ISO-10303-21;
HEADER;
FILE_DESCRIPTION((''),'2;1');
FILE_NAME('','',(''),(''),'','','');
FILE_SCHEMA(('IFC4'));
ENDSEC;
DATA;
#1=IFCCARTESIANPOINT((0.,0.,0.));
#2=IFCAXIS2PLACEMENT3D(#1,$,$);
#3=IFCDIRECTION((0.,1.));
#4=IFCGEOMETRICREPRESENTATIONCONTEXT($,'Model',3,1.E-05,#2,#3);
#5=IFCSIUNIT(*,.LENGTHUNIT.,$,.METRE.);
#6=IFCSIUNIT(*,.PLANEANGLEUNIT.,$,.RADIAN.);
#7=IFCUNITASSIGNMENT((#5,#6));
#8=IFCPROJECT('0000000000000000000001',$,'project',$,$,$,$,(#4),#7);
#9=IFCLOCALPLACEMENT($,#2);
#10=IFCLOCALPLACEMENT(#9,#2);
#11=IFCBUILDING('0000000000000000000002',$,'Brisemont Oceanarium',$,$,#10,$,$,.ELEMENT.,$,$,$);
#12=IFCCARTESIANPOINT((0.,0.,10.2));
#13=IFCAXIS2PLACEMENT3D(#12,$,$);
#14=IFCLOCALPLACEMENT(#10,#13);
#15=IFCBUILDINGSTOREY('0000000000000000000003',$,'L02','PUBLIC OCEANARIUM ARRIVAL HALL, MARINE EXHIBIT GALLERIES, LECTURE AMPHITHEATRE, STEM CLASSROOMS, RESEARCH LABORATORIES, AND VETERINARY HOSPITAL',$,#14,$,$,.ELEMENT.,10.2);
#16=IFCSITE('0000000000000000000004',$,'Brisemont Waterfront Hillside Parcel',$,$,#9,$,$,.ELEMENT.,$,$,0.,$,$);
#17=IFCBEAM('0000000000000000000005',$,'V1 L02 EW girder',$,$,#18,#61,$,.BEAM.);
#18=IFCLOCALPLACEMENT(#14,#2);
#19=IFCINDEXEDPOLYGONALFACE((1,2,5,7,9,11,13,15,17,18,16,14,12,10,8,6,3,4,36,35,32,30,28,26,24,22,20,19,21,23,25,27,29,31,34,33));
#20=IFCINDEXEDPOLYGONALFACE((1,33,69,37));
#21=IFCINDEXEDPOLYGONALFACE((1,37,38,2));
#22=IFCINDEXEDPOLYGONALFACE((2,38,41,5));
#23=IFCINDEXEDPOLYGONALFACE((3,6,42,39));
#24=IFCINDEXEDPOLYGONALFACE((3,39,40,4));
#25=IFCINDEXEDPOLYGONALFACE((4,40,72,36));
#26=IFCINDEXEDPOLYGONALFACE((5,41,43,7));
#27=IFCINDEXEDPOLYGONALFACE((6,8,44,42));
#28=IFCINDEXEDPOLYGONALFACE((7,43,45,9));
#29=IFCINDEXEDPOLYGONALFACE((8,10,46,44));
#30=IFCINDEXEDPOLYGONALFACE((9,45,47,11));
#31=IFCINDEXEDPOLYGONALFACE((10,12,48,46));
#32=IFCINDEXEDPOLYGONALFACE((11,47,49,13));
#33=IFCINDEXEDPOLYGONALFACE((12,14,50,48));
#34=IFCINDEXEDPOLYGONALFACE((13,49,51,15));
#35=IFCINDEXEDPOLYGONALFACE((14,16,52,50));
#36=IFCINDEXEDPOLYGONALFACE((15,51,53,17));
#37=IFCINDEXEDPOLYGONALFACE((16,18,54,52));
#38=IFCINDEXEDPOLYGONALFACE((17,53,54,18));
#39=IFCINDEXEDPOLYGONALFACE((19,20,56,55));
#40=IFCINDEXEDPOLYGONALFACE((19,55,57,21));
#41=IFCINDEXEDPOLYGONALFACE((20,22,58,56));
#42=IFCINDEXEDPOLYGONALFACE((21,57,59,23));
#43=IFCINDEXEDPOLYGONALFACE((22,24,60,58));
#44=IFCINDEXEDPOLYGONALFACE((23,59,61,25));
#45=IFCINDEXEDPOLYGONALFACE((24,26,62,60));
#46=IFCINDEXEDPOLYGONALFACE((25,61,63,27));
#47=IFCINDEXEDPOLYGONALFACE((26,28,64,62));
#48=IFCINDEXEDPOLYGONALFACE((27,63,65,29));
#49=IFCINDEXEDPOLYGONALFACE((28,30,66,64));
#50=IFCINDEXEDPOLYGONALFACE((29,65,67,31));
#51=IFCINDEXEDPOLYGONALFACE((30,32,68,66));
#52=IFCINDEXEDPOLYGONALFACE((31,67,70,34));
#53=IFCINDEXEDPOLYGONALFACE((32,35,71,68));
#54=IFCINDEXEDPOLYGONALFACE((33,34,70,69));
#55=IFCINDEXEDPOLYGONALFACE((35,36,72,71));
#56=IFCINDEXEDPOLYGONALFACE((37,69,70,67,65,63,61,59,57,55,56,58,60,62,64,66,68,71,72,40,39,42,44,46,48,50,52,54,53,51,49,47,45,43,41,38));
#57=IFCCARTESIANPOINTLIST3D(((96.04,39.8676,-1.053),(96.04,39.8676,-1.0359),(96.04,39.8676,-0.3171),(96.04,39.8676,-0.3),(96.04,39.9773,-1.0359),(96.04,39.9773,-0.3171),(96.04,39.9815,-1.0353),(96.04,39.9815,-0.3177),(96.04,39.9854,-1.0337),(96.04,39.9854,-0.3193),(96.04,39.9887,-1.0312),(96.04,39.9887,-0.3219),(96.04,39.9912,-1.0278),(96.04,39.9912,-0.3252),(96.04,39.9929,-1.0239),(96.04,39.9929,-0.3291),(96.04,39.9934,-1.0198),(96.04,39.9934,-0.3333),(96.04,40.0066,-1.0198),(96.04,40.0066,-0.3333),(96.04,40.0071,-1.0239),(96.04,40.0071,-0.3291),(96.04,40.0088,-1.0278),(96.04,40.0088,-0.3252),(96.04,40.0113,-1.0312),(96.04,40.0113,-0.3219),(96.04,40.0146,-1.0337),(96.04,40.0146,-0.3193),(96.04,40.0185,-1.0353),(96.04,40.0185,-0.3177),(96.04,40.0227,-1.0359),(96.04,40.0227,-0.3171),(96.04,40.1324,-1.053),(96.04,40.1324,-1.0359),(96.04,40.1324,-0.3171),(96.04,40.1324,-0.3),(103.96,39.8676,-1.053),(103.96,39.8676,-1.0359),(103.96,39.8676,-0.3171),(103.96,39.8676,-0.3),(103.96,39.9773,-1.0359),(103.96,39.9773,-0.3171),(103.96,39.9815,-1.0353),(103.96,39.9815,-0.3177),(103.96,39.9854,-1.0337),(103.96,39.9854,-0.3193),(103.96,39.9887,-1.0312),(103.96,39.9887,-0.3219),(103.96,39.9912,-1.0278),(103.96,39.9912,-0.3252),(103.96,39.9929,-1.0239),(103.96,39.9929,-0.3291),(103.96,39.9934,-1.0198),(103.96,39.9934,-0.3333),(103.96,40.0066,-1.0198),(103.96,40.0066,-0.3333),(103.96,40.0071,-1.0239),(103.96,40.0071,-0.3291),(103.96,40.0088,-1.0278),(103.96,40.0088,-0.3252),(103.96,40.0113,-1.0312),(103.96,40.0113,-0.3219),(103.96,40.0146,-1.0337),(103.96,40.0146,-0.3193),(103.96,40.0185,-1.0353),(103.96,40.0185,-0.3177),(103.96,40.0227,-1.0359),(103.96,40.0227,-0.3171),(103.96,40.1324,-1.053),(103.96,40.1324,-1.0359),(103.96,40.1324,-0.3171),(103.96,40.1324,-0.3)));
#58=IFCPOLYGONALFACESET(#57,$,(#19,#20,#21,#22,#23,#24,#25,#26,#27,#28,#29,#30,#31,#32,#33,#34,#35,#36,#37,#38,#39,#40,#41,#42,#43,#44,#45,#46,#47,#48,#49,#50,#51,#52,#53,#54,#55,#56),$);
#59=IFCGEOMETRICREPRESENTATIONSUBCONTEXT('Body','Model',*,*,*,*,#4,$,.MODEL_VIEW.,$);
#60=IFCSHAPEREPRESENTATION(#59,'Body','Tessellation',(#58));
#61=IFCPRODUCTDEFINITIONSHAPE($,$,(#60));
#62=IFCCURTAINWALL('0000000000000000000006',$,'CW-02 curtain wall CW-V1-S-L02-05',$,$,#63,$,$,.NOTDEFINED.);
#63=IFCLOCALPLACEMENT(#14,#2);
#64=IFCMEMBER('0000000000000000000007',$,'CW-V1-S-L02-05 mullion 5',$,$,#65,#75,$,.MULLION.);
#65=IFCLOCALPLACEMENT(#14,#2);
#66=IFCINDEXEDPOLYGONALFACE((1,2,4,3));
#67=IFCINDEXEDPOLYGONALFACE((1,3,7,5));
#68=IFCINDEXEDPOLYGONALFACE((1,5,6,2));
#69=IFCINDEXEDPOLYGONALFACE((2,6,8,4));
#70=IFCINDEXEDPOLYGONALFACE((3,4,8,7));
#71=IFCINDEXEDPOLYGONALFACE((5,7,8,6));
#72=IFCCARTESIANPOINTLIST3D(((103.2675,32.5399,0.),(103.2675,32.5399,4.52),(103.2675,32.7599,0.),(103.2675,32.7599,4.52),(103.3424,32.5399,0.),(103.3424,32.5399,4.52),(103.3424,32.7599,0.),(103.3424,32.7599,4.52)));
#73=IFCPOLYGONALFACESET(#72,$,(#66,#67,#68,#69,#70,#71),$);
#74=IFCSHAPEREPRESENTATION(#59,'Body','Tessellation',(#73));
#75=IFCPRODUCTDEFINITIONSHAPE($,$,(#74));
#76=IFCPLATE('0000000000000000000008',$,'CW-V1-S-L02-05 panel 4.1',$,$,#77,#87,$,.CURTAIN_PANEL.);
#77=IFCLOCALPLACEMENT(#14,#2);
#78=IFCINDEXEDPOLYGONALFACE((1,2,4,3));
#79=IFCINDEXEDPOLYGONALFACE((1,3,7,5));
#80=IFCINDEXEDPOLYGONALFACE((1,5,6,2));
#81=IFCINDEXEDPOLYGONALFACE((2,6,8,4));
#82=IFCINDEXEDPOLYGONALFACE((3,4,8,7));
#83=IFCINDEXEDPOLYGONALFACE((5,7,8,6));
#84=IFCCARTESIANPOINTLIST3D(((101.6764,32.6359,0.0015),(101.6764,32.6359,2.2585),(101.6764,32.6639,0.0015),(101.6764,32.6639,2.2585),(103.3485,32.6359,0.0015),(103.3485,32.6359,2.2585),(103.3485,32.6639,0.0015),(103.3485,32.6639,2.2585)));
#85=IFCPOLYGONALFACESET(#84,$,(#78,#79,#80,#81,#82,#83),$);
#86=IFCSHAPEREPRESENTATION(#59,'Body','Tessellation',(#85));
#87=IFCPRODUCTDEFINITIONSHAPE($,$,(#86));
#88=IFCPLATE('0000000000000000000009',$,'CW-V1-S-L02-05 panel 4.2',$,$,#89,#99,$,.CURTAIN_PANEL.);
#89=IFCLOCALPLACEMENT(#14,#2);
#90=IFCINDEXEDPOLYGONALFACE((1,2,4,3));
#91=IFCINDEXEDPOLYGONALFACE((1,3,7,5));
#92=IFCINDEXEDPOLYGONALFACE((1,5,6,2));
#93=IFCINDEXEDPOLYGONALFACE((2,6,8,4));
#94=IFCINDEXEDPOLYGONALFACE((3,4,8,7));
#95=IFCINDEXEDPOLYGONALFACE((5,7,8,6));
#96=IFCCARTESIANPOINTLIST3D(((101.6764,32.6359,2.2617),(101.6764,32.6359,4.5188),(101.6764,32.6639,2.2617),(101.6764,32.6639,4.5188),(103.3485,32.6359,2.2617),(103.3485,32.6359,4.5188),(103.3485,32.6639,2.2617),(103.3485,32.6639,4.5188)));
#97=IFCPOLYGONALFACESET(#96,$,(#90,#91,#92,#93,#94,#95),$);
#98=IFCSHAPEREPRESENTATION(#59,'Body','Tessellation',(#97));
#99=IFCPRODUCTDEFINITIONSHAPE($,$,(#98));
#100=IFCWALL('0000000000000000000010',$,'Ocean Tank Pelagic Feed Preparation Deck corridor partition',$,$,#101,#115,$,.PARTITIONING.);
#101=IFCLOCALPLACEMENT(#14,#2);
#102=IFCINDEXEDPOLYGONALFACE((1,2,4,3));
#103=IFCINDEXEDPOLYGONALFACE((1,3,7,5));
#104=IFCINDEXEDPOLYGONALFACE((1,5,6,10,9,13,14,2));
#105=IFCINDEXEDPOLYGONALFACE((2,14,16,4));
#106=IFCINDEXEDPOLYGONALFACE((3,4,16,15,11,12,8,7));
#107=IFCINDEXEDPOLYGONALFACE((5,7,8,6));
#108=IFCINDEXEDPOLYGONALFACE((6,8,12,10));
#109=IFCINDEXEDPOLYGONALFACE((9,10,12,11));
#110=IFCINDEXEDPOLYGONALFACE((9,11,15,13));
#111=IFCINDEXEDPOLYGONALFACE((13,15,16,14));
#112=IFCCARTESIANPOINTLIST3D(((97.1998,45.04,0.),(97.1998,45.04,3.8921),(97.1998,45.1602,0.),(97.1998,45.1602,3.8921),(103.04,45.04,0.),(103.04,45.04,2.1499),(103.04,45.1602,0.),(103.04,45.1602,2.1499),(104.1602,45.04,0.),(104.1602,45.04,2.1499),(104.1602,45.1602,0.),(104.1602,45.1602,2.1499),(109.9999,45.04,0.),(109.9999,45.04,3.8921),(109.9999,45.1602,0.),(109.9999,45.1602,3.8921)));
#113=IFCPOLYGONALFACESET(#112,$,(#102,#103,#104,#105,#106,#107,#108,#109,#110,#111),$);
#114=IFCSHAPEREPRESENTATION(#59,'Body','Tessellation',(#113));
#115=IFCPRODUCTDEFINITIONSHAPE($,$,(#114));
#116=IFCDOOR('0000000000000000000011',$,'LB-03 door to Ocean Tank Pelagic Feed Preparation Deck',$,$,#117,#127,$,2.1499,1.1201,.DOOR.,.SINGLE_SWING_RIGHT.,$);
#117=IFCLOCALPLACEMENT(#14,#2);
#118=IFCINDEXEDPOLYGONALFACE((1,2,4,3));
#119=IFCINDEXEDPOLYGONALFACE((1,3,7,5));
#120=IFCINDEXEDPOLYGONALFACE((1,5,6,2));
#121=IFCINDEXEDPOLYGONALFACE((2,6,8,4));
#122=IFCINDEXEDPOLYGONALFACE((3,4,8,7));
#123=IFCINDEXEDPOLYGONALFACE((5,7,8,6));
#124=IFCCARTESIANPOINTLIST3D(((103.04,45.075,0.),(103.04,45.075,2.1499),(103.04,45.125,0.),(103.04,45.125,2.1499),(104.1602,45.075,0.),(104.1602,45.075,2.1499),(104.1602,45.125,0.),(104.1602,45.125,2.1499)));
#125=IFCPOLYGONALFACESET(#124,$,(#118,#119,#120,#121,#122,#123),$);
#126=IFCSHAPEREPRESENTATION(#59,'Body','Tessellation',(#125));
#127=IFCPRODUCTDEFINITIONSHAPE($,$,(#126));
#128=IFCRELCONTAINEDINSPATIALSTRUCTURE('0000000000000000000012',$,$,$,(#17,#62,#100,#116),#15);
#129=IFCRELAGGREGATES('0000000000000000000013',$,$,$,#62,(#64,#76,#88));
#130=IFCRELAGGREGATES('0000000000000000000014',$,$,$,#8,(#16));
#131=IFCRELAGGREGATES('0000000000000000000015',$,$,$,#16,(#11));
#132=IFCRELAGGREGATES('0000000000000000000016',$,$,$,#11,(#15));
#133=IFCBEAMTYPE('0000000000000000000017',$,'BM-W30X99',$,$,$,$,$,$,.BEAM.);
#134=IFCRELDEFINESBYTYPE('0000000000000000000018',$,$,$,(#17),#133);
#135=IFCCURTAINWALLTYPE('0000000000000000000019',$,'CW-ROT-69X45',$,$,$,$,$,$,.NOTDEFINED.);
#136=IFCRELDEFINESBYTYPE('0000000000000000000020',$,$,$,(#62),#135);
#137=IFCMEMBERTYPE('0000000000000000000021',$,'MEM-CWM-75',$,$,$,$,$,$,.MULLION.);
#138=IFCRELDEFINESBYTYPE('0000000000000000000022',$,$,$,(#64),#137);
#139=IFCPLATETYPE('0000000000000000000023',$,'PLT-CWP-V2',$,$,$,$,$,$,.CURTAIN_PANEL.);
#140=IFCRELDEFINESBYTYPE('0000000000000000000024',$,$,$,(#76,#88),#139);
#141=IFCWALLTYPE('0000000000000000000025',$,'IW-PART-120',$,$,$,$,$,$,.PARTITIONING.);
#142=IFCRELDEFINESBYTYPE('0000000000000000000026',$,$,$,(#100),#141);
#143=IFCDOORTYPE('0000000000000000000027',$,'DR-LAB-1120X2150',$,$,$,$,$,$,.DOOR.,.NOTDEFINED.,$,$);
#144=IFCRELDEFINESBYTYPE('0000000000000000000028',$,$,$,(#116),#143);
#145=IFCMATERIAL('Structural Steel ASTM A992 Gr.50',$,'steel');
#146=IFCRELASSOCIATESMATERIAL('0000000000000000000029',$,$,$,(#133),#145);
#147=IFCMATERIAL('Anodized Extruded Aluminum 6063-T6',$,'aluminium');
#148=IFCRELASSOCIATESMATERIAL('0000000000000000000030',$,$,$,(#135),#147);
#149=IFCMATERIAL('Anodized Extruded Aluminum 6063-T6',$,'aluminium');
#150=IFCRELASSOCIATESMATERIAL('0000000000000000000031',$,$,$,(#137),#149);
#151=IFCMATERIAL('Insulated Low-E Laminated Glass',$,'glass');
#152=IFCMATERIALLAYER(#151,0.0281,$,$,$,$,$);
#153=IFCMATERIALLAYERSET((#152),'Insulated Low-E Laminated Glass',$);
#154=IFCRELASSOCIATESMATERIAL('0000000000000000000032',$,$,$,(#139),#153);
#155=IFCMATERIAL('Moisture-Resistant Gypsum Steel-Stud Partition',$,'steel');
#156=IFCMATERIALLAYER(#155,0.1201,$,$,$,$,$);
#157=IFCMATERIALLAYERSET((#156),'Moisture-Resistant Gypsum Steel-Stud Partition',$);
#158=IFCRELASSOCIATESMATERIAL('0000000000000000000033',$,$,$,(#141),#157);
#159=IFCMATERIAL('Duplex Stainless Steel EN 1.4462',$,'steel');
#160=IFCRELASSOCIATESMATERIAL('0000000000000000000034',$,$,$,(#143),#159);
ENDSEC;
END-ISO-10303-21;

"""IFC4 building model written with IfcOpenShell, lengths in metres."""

from ifc_helpers import new_model, si_unit, direction, frame, frame_2d, origin, origin_2d, place, context, subcontext, project, spatial, rectangle, i_section, extrude, material, layer, layer_set, material_profile, profile_set, type_object, element, fill, aggregate, save


model = new_model("IFC4")

# Units and contexts
model_context = context("Model", 3, precision=1e-05, world=origin(), true_north=direction((0.0, 1.0)))
body_context = subcontext(model_context, "Body", "Model", "MODEL_VIEW")
ifc_project = project(units=[si_unit("LENGTHUNIT", "METRE"), si_unit("PLANEANGLEUNIT", "RADIAN")], contexts=[model_context])

# Site, building, storey
site_placement = place(None, origin())
site = spatial("IfcSite", under=ifc_project, at=site_placement, Name="Brisemont Waterfront Hillside Parcel", CompositionType="ELEMENT", RefElevation=0.0)
building_placement = place(site_placement, origin())
building = spatial("IfcBuilding", under=site, at=building_placement, Name="Brisemont Oceanarium", CompositionType="ELEMENT")
storey_placement = place(building_placement, frame((0.0, 0.0, 10.2)))
storey = spatial("IfcBuildingStorey", under=building, at=storey_placement, Name="L02", Description="PUBLIC OCEANARIUM ARRIVAL HALL, MARINE EXHIBIT GALLERIES, LECTURE AMPHITHEATRE, STEM CLASSROOMS, RESEARCH LABORATORIES, AND VETERINARY HOSPITAL", CompositionType="ELEMENT", Elevation=10.2)

# Beam
ifc_material_1 = material(Name="Structural Steel ASTM A992 Gr.50", Category="steel")
ifc_material_profile_1 = material_profile(ifc_material_1, i_section(OverallWidth=0.2649, OverallDepth=0.7529, WebThickness=0.0132, FlangeThickness=0.0171, FilletRadius=0.0161, at=origin_2d()), Name="W30X99")
ifc_profile_set_1 = profile_set([ifc_material_profile_1], Name="Structural Steel ASTM A992 Gr.50")
beam_type_1 = type_object("IfcBeamType", Name="BM-W30X99", PredefinedType="BEAM", material=ifc_profile_set_1)
beam_1_placement = place(storey_placement, frame((96.04, 40.0, -0.6765), z_axis=(1.0, 0.0, 0.0), x_axis=(0.0, 1.0, 0.0)))
element("IfcBeam", 1, at=beam_1_placement, inside=storey, type_object=beam_type_1, Name="V1 L02 EW girder", PredefinedType="BEAM", context=body_context, shape_type="SweptSolid", body=[
    extrude(i_section(OverallWidth=0.2649, OverallDepth=0.7529, WebThickness=0.0132, FlangeThickness=0.0171, FilletRadius=0.0161, at=origin_2d()), origin(), (0.0, 0.0, 1.0), 7.9199),
])

# Curtain wall, member, plates
ifc_material_2 = material(Name="Anodized Extruded Aluminum 6063-T6", Category="aluminium")
curtain_wall_type = type_object("IfcCurtainWallType", Name="CW-ROT-69X45", PredefinedType="NOTDEFINED", material=ifc_material_2)
curtain_wall_placement = place(storey_placement, origin())
curtain_wall = element("IfcCurtainWall", 2, at=curtain_wall_placement, inside=storey, type_object=curtain_wall_type, Name="CW-02 curtain wall CW-V1-S-L02-05", PredefinedType="NOTDEFINED")
ifc_material_3 = material(Name="Anodized Extruded Aluminum 6063-T6", Category="aluminium")
ifc_material_profile_2 = material_profile(ifc_material_3, rectangle(XDim=0.075, YDim=0.22, at=origin_2d()), Name="CWM-75X220")
ifc_profile_set_2 = profile_set([ifc_material_profile_2], Name="Anodized Extruded Aluminum 6063-T6")
member_type = type_object("IfcMemberType", Name="MEM-CWM-75", PredefinedType="MULLION", material=ifc_profile_set_2)
member_placement = place(storey_placement, frame((103.3049, 32.6499, 0.0), z_axis=(0.0, 0.0, 1.0), x_axis=(1.0, 0.0, 0.0)))
member = element("IfcMember", 3, at=member_placement, type_object=member_type, Name="CW-V1-S-L02-05 mullion 5", PredefinedType="MULLION", context=body_context, shape_type="SweptSolid", body=[
    extrude(rectangle(XDim=0.075, YDim=0.22, at=origin_2d()), origin(), (0.0, 0.0, 1.0), 4.52),
])
ifc_material_4 = material(Name="Insulated Low-E Laminated Glass", Category="glass")
ifc_layer_1 = layer(ifc_material_4, 0.0281)
ifc_layer_set_1 = layer_set([ifc_layer_1], Name="Insulated Low-E Laminated Glass")
plate_type = type_object("IfcPlateType", Name="PLT-CWP-V2", PredefinedType="CURTAIN_PANEL", material=ifc_layer_set_1)
plate_1_placement = place(storey_placement, frame((102.5125, 32.6499, 0.0015), z_axis=(0.0, 0.0, 1.0), x_axis=(1.0, 0.0, 0.0)))
plate_1 = element("IfcPlate", 4, at=plate_1_placement, type_object=plate_type, Name="CW-V1-S-L02-05 panel 4.1", PredefinedType="CURTAIN_PANEL", context=body_context, shape_type="SweptSolid", body=[
    extrude(rectangle(XDim=1.6721, YDim=0.0281, at=origin_2d()), origin(), (0.0, 0.0, 1.0), 2.2571),
])
plate_2_placement = place(storey_placement, frame((102.5125, 32.6499, 2.2617), z_axis=(0.0, 0.0, 1.0), x_axis=(1.0, 0.0, 0.0)))
plate_2 = element("IfcPlate", 5, at=plate_2_placement, type_object=plate_type, Name="CW-V1-S-L02-05 panel 4.2", PredefinedType="CURTAIN_PANEL", context=body_context, shape_type="SweptSolid", body=[
    extrude(rectangle(XDim=1.6721, YDim=0.0281, at=origin_2d()), origin(), (0.0, 0.0, 1.0), 2.2571),
])
aggregate(curtain_wall, [member, plate_1, plate_2])

# Wall, opening, door
ifc_material_5 = material(Name="Moisture-Resistant Gypsum Steel-Stud Partition", Category="steel")
ifc_layer_2 = layer(ifc_material_5, 0.1201)
ifc_layer_set_2 = layer_set([ifc_layer_2], Name="Moisture-Resistant Gypsum Steel-Stud Partition")
wall_type = type_object("IfcWallType", Name="IW-PART-120", PredefinedType="PARTITIONING", material=ifc_layer_set_2)
wall_placement = place(storey_placement, frame((97.2, 45.1001, 0.0), z_axis=(0.0, 0.0, 1.0), x_axis=(1.0, 0.0, 0.0)))
wall = element("IfcWall", 6, at=wall_placement, inside=storey, type_object=wall_type, Name="Ocean Tank Pelagic Feed Preparation Deck corridor partition", PredefinedType="PARTITIONING", context=body_context, shape_type="SweptSolid", body=[
    extrude(rectangle(XDim=12.8, YDim=0.1201, at=frame_2d((6.3999, 0.0))), origin(), (0.0, 0.0, 1.0), 3.8921),
])
opening_placement = place(wall_placement, frame((5.8401, 0.0, 0.0)))
opening = element("IfcOpeningElement", 7, at=opening_placement, cuts=wall, PredefinedType="OPENING", context=body_context, shape_type="SweptSolid", body=[
    extrude(rectangle(XDim=1.1201, YDim=2.1499, at=frame_2d((0.5601, 1.075))), frame((0.0, 0.0701, 0.0), z_axis=(0.0, -1.0, 0.0), x_axis=(1.0, 0.0, 0.0)), (0.0, 0.0, 1.0), 0.1401),
])
ifc_material_6 = material(Name="Duplex Stainless Steel EN 1.4462", Category="steel")
door_type = type_object("IfcDoorType", Name="DR-LAB-1120X2150", OperationType="NOTDEFINED", PredefinedType="DOOR", material=ifc_material_6)
door_placement = place(opening_placement, origin())
door = element("IfcDoor", 8, at=door_placement, inside=storey, type_object=door_type, Name="LB-03 door to Ocean Tank Pelagic Feed Preparation Deck", OperationType="SINGLE_SWING_RIGHT", OverallHeight=2.1499, OverallWidth=1.1201, PredefinedType="DOOR", context=body_context, shape_type="SweptSolid", body=[
    extrude(rectangle(XDim=1.1201, YDim=2.1499, at=frame_2d((0.5601, 1.075))), frame((0.0, 0.0249, 0.0), z_axis=(0.0, -1.0, 0.0), x_axis=(1.0, 0.0, 0.0)), (0.0, 0.0, 1.0), 0.05),
])
fill(opening, door)

save(model, "model.ifc")
